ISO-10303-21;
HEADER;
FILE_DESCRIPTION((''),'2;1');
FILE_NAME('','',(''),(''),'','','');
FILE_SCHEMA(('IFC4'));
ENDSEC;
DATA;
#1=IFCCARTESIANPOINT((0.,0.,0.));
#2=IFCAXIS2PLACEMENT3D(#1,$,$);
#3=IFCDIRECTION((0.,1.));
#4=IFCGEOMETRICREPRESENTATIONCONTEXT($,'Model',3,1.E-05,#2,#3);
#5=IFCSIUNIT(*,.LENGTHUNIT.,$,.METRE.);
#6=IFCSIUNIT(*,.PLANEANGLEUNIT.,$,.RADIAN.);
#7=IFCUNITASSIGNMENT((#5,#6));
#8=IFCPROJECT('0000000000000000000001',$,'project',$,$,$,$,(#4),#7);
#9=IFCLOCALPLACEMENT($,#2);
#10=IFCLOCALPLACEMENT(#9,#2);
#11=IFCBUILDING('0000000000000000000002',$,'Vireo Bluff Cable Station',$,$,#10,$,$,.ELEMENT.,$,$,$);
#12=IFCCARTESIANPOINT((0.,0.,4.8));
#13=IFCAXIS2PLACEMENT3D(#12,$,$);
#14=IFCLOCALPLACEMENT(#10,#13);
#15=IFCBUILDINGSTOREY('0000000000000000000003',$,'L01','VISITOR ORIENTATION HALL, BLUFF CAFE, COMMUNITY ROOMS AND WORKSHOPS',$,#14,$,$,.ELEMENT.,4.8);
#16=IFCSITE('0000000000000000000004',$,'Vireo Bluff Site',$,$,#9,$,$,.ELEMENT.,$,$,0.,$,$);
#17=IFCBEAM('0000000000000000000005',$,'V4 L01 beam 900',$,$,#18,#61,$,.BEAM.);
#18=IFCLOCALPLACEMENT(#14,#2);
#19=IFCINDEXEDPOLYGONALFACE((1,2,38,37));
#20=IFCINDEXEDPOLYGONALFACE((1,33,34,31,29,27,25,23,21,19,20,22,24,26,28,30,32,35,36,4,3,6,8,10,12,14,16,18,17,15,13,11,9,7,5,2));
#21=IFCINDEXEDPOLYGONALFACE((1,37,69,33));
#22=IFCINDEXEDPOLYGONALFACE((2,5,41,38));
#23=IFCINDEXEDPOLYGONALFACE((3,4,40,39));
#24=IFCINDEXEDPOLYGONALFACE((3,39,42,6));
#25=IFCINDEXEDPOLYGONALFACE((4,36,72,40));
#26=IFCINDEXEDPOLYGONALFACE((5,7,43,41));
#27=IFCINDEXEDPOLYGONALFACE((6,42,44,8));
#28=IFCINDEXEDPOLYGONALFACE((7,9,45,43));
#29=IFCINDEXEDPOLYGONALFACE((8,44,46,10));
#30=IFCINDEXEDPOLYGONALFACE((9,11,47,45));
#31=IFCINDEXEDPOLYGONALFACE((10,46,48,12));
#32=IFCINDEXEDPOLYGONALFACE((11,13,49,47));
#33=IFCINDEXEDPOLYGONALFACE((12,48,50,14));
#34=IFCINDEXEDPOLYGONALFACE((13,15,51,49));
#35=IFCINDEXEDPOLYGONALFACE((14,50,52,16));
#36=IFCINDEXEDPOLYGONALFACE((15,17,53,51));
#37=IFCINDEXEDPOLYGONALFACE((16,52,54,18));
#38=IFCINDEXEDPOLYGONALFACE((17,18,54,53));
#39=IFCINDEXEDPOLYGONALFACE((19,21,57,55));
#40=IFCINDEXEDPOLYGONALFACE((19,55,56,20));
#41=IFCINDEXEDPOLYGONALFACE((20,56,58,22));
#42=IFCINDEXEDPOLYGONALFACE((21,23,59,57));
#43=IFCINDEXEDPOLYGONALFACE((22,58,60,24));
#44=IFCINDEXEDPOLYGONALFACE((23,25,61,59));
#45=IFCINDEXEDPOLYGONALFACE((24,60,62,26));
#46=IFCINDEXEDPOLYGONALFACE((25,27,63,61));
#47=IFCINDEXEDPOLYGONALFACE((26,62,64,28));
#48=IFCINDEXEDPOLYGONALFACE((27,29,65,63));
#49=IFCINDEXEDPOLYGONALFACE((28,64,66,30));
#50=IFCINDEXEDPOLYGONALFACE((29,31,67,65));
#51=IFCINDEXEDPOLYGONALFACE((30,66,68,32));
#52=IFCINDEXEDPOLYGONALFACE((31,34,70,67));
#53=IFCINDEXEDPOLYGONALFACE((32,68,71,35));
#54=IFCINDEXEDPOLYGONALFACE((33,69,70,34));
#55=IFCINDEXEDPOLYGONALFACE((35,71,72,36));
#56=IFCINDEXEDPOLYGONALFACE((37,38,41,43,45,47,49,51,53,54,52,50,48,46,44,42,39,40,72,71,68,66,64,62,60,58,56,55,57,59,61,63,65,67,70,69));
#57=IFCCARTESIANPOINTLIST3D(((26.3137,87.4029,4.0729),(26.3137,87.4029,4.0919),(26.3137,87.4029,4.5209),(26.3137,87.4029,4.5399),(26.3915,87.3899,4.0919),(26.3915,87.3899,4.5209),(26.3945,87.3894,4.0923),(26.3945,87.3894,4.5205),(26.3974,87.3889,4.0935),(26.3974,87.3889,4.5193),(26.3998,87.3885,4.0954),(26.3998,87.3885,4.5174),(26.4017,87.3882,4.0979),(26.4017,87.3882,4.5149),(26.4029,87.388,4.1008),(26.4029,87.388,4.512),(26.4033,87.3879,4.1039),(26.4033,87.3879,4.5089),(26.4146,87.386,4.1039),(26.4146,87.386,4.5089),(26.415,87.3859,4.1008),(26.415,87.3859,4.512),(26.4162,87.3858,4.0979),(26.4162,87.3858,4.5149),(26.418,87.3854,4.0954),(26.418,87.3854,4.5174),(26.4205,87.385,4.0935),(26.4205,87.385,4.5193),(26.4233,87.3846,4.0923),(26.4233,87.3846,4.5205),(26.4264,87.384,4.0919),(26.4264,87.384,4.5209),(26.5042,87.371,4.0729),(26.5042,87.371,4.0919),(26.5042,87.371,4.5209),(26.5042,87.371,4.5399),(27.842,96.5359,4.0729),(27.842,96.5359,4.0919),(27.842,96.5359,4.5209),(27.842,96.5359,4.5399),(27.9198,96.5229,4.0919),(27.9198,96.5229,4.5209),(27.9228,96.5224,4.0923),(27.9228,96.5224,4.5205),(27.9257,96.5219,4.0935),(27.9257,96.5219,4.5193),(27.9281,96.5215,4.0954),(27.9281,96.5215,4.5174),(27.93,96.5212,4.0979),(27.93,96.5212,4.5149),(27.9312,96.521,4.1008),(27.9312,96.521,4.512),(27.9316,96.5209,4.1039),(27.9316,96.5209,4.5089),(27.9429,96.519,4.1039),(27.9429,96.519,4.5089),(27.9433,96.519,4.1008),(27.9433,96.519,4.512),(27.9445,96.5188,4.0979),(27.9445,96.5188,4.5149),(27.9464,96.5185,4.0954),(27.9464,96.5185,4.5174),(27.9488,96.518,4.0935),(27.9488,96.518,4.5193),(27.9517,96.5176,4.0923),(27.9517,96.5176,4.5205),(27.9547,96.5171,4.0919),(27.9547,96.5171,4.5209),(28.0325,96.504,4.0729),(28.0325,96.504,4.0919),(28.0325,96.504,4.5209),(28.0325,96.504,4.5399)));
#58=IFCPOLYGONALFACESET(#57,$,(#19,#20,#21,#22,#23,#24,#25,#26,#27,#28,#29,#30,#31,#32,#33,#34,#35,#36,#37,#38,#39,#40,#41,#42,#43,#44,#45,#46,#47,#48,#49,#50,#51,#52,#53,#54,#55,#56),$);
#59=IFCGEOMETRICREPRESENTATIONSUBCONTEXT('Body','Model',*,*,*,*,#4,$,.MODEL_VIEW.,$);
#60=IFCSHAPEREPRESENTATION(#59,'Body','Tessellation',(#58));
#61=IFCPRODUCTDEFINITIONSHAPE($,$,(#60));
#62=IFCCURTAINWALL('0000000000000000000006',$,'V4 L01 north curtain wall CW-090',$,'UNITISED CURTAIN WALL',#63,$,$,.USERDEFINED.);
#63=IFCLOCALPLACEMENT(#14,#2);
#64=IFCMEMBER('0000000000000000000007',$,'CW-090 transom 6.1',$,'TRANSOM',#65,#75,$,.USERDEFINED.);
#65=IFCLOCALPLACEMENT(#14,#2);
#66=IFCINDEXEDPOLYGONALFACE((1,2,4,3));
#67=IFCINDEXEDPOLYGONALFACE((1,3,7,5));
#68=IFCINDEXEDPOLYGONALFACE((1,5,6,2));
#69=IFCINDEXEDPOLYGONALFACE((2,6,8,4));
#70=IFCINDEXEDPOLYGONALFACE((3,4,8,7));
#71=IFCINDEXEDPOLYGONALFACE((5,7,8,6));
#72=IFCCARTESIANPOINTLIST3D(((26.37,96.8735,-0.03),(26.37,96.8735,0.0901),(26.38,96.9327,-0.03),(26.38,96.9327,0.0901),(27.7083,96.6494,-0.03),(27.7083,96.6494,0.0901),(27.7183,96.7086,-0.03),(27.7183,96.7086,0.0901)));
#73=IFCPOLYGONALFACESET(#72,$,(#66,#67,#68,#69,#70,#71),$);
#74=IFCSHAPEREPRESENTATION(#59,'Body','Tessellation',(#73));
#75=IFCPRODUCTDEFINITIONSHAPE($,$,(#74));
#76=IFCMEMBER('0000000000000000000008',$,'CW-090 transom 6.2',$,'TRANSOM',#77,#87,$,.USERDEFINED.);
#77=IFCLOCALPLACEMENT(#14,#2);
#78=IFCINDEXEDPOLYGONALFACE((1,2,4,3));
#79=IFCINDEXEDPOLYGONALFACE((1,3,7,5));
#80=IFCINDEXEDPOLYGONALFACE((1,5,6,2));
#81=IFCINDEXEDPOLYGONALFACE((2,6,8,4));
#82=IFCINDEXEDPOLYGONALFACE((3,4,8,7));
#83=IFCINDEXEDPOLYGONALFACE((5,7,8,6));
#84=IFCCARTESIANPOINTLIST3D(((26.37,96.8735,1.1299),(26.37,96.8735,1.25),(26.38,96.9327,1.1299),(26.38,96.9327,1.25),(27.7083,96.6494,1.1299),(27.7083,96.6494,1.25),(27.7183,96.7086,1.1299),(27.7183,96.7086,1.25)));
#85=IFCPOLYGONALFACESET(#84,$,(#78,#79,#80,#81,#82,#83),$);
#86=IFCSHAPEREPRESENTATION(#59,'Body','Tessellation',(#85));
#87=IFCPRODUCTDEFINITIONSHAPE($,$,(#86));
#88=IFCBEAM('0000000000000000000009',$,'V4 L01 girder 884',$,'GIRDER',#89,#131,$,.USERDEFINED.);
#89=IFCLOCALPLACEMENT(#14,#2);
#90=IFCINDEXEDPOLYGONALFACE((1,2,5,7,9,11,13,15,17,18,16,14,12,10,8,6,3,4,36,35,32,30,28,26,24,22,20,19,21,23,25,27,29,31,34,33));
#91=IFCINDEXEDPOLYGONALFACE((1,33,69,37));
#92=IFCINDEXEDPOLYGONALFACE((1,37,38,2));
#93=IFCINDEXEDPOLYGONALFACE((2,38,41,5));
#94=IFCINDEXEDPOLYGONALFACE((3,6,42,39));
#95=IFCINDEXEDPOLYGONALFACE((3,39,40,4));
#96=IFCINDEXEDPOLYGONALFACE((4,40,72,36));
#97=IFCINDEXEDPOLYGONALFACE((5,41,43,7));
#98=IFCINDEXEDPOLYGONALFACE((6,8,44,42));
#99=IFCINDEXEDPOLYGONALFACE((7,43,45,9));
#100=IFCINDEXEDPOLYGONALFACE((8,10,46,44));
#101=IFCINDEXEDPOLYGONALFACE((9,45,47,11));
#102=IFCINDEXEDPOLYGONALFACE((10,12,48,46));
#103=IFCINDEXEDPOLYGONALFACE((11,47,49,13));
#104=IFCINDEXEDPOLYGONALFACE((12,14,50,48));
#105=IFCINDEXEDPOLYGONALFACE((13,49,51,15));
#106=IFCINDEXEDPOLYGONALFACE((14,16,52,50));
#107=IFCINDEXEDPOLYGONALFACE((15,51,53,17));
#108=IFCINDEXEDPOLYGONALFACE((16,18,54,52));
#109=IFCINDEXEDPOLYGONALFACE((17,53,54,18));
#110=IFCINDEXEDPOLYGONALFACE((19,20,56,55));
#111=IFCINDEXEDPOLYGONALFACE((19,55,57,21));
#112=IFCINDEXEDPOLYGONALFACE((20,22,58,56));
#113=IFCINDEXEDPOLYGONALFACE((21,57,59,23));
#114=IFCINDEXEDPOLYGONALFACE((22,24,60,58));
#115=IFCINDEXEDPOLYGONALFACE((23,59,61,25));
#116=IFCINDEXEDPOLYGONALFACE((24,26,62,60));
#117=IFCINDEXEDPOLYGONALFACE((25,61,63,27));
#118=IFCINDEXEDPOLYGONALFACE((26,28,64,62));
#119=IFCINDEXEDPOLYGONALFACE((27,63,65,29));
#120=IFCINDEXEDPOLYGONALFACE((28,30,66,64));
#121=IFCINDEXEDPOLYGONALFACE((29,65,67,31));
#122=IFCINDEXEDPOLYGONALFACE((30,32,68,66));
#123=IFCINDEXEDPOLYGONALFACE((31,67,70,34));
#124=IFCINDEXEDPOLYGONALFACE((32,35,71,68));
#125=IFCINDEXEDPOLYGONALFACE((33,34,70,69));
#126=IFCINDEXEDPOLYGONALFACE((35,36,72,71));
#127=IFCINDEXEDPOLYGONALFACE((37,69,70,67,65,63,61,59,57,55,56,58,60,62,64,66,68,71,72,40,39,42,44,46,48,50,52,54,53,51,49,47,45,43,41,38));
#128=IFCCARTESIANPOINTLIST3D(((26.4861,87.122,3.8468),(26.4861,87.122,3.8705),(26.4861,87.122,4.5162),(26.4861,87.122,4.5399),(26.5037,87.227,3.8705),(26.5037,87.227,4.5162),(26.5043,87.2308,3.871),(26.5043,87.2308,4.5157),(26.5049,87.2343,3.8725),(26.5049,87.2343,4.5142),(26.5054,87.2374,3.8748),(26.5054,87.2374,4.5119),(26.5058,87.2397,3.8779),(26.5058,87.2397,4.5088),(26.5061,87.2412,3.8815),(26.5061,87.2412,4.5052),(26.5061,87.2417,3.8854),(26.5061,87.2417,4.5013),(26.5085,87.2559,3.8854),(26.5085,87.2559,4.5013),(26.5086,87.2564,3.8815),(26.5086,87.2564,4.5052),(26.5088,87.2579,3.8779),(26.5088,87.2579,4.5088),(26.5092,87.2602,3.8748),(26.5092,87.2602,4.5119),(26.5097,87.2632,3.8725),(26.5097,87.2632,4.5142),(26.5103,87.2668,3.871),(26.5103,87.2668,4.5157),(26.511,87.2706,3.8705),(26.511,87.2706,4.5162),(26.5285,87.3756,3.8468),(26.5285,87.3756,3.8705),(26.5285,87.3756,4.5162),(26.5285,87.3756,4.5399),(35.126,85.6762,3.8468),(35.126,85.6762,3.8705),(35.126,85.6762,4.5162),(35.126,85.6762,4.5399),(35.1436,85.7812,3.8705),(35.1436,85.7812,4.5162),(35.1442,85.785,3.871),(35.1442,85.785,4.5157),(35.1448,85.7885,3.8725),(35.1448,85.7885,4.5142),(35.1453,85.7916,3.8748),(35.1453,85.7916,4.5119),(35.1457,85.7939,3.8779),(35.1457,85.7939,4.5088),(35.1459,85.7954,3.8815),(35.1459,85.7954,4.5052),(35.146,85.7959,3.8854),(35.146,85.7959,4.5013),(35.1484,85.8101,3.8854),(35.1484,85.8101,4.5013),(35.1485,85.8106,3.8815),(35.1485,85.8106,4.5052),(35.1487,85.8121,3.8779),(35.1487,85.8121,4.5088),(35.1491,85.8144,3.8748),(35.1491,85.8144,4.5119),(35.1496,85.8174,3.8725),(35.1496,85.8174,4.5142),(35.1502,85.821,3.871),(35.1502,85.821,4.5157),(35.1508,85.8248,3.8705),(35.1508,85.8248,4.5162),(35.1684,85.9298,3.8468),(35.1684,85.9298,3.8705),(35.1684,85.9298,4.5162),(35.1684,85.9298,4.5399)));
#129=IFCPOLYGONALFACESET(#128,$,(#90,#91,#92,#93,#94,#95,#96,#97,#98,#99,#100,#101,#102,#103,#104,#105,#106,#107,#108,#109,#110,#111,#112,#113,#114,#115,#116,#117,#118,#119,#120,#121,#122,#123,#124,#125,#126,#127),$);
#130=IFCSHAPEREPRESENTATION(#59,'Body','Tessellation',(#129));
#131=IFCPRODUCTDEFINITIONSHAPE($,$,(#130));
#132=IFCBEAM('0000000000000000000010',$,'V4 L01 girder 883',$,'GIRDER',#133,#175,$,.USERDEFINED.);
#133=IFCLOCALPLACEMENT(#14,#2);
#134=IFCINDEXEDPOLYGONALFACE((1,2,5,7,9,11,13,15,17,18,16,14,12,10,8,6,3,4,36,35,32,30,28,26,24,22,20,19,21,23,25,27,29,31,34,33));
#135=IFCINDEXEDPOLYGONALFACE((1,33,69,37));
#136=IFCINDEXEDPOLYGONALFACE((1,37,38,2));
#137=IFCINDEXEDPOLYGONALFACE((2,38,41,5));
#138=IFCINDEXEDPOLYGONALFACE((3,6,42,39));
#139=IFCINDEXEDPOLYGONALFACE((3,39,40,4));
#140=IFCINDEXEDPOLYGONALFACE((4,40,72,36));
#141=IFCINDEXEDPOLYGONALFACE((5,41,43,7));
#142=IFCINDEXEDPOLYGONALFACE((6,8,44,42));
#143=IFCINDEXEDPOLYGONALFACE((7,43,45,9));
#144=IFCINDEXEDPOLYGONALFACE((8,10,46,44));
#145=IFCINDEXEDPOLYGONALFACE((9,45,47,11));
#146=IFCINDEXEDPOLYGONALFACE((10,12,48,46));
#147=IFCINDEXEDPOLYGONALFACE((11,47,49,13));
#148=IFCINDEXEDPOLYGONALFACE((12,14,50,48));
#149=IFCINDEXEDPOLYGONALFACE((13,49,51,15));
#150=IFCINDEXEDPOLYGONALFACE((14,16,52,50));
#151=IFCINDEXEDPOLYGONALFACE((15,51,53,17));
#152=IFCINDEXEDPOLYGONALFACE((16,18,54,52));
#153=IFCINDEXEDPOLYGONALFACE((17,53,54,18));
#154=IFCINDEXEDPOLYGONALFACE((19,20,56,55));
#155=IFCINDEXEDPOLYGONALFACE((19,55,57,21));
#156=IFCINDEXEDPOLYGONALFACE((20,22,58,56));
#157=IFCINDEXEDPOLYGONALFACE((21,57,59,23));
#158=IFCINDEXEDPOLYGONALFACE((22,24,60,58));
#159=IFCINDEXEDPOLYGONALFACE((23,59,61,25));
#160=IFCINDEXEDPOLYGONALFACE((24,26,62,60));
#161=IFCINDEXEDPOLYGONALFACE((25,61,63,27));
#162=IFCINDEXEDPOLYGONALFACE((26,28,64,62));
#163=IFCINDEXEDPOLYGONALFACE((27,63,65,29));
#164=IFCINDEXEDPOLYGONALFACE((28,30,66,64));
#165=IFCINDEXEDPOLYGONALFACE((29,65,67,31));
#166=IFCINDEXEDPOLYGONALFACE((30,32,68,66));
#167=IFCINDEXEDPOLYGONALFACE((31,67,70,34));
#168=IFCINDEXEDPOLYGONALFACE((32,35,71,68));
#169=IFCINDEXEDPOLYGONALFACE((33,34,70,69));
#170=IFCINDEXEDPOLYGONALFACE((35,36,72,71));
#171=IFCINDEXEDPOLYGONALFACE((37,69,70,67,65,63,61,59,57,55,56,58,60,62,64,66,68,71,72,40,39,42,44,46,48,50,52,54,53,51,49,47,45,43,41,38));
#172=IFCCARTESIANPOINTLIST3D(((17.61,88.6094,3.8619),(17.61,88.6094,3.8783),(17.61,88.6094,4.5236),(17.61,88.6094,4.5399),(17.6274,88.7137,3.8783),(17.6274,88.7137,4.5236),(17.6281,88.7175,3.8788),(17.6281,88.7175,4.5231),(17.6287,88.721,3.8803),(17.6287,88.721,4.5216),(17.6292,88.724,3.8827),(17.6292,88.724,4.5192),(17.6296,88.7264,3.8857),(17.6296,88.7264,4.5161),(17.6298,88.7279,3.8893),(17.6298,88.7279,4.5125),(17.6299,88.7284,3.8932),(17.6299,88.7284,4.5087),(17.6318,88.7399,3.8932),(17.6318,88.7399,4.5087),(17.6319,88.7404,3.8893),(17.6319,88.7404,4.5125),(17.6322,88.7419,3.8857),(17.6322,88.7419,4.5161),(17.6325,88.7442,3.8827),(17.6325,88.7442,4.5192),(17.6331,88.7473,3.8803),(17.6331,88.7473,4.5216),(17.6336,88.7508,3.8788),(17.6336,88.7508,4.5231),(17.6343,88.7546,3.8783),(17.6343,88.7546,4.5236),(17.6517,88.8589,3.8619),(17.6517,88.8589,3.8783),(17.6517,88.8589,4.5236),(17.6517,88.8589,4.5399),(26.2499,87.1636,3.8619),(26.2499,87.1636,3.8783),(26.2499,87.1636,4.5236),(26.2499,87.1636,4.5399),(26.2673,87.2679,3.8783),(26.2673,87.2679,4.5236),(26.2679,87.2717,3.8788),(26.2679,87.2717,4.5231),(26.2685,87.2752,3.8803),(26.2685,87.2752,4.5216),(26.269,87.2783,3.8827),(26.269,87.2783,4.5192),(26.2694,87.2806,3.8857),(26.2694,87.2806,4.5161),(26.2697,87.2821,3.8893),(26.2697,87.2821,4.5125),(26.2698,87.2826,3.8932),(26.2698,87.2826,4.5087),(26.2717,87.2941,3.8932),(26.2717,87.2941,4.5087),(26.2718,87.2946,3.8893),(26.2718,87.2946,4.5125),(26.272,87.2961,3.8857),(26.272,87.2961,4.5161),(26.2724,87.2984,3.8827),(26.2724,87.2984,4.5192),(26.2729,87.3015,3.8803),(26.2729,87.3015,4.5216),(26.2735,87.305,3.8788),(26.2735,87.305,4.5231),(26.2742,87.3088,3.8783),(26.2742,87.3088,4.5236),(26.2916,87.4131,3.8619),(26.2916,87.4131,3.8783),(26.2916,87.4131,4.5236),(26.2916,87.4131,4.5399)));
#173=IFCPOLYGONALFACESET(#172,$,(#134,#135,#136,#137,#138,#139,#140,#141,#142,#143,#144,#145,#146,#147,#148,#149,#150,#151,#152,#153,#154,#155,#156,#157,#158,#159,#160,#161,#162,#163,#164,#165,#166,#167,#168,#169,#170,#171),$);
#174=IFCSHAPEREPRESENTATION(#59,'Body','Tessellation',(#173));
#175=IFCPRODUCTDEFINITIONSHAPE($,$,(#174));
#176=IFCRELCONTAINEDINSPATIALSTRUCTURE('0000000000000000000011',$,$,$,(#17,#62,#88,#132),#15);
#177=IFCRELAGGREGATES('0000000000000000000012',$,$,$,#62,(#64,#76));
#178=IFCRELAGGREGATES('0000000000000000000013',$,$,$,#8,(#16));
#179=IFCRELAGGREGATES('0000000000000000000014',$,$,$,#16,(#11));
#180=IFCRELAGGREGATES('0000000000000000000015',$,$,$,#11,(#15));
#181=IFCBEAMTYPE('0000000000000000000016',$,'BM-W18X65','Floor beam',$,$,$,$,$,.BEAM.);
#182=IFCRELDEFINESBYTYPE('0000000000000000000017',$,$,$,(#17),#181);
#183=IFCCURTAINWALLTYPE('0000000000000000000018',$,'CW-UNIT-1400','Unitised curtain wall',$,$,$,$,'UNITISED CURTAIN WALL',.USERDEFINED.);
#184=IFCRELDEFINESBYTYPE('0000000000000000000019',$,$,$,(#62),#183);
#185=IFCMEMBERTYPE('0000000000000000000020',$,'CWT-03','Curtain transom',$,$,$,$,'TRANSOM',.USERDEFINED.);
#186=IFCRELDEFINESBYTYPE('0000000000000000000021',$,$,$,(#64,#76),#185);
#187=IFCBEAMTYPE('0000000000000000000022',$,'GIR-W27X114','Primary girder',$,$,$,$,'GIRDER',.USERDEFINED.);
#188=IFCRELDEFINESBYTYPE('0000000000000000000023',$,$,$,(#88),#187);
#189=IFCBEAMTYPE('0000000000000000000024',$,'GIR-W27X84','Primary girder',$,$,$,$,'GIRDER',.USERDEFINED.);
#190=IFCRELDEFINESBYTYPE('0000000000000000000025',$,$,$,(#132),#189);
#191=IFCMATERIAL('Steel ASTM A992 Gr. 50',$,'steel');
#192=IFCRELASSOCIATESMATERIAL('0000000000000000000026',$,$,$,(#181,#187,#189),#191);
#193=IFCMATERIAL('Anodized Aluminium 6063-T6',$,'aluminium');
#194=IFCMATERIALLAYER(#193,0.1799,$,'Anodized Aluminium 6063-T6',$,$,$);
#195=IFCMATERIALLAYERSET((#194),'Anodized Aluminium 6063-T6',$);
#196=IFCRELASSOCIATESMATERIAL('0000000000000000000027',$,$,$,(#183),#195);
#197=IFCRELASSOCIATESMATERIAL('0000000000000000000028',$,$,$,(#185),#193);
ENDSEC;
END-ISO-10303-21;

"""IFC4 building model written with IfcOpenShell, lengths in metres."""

from ifc_helpers import new_model, si_unit, direction, frame, origin, origin_2d, place, context, subcontext, project, spatial, rectangle, i_section, extrude, material, layer, layer_set, material_profile, profile_set, type_object, element, aggregate, save


model = new_model("IFC4")

# Units and contexts
model_context = context("Model", 3, precision=1e-05, world=origin(), true_north=direction((0.0, 1.0)))
body_context = subcontext(model_context, "Body", "Model", "MODEL_VIEW")
ifc_project = project(units=[si_unit("LENGTHUNIT", "METRE"), si_unit("PLANEANGLEUNIT", "RADIAN")], contexts=[model_context])

# Site, building, storey
site_placement = place(None, origin())
site = spatial("IfcSite", under=ifc_project, at=site_placement, Name="Vireo Bluff Site", CompositionType="ELEMENT", RefElevation=0.0)
building_placement = place(site_placement, origin())
building = spatial("IfcBuilding", under=site, at=building_placement, Name="Vireo Bluff Cable Station", CompositionType="ELEMENT")
storey_placement = place(building_placement, frame((0.0, 0.0, 4.8)))
storey = spatial("IfcBuildingStorey", under=building, at=storey_placement, Name="L01", Description="VISITOR ORIENTATION HALL, BLUFF CAFE, COMMUNITY ROOMS AND WORKSHOPS", CompositionType="ELEMENT", Elevation=4.8)

# Shared definitions
ifc_material_1 = material(Name="Steel ASTM A992 Gr. 50", Category="steel")

# Beam
ifc_material_profile_1 = material_profile(ifc_material_1, i_section(OverallWidth=0.1931, OverallDepth=0.467, WebThickness=0.0115, FlangeThickness=0.019, FilletRadius=0.012, at=origin_2d()), Name="W18X65")
ifc_profile_set_1 = profile_set([ifc_material_profile_1], Name="Steel ASTM A992 Gr. 50")
beam_type_1 = type_object("IfcBeamType", Name="BM-W18X65", Description="Floor beam", PredefinedType="BEAM", material=ifc_profile_set_1)
beam_1_placement = place(storey_placement, frame((26.4089, 87.387, 4.3064), z_axis=(0.165045, 0.986286, 0.0), x_axis=(-0.986286, 0.165045, 0.0)))
element("IfcBeam", 1, at=beam_1_placement, inside=storey, type_object=beam_type_1, Name="V4 L01 beam 900", PredefinedType="BEAM", context=body_context, shape_type="SweptSolid", body=[
    extrude(i_section(OverallWidth=0.1931, OverallDepth=0.467, WebThickness=0.0115, FlangeThickness=0.019, FilletRadius=0.012, at=origin_2d()), origin(), (0.0, 0.0, 1.0), 9.26),
])

# Curtain wall, members
ifc_material_2 = material(Name="Anodized Aluminium 6063-T6", Category="aluminium")
ifc_layer_1 = layer(ifc_material_2, 0.1799, Name="Anodized Aluminium 6063-T6")
ifc_layer_set_1 = layer_set([ifc_layer_1], Name="Anodized Aluminium 6063-T6")
curtain_wall_type = type_object("IfcCurtainWallType", Name="CW-UNIT-1400", Description="Unitised curtain wall", ElementType="UNITISED CURTAIN WALL", PredefinedType="USERDEFINED", material=ifc_layer_set_1)
curtain_wall_placement = place(storey_placement, origin())
curtain_wall = element("IfcCurtainWall", 2, at=curtain_wall_placement, inside=storey, type_object=curtain_wall_type, Name="V4 L01 north curtain wall CW-090", ObjectType="UNITISED CURTAIN WALL", PredefinedType="USERDEFINED")
ifc_material_profile_2 = material_profile(ifc_material_2, rectangle(XDim=0.0601, YDim=0.1201, at=origin_2d()), Name="ALU-T-60X120")
ifc_profile_set_2 = profile_set([ifc_material_profile_2], Name="Anodized Aluminium 6063-T6")
member_type = type_object("IfcMemberType", Name="CWT-03", Description="Curtain transom", ElementType="TRANSOM", PredefinedType="USERDEFINED", material=ifc_profile_set_2)
member_1_placement = place(storey_placement, frame((26.375, 96.9031, 0.03), z_axis=(0.986267, -0.165157, 0.0), x_axis=(0.165157, 0.986267, 0.0)))
member_1 = element("IfcMember", 3, at=member_1_placement, type_object=member_type, Name="CW-090 transom 6.1", ObjectType="TRANSOM", PredefinedType="USERDEFINED", context=body_context, shape_type="SweptSolid", body=[
    extrude(rectangle(XDim=0.0601, YDim=0.1201, at=origin_2d()), origin(), (0.0, 0.0, 1.0), 1.3569),
])
member_2_placement = place(storey_placement, frame((26.375, 96.9031, 1.1899), z_axis=(0.986267, -0.165157, 0.0), x_axis=(0.165157, 0.986267, 0.0)))
member_2 = element("IfcMember", 4, at=member_2_placement, type_object=member_type, Name="CW-090 transom 6.2", ObjectType="TRANSOM", PredefinedType="USERDEFINED", context=body_context, shape_type="SweptSolid", body=[
    extrude(rectangle(XDim=0.0601, YDim=0.1201, at=origin_2d()), origin(), (0.0, 0.0, 1.0), 1.3569),
])
aggregate(curtain_wall, [member_1, member_2])

# Beams
ifc_material_profile_3 = material_profile(ifc_material_1, i_section(OverallWidth=0.2571, OverallDepth=0.6931, WebThickness=0.0144, FlangeThickness=0.0237, FilletRadius=0.0149, at=origin_2d()), Name="W27X114")
ifc_profile_set_3 = profile_set([ifc_material_profile_3], Name="Steel ASTM A992 Gr. 50")
beam_type_2 = type_object("IfcBeamType", Name="GIR-W27X114", Description="Primary girder", ElementType="GIRDER", PredefinedType="USERDEFINED", material=ifc_profile_set_3)
beam_2_placement = place(storey_placement, frame((26.5073, 87.2488, 4.1934), z_axis=(0.986286, -0.165045, 0.0), x_axis=(0.165045, 0.986286, 0.0)))
element("IfcBeam", 5, at=beam_2_placement, inside=storey, type_object=beam_type_2, Name="V4 L01 girder 884", ObjectType="GIRDER", PredefinedType="USERDEFINED", context=body_context, shape_type="SweptSolid", body=[
    extrude(i_section(OverallWidth=0.2571, OverallDepth=0.6931, WebThickness=0.0144, FlangeThickness=0.0237, FilletRadius=0.0149, at=origin_2d()), origin(), (0.0, 0.0, 1.0), 8.76),
])
ifc_material_profile_4 = material_profile(ifc_material_1, i_section(OverallWidth=0.2529, OverallDepth=0.678, WebThickness=0.0117, FlangeThickness=0.0164, FilletRadius=0.0149, at=origin_2d()), Name="W27X84")
ifc_profile_set_4 = profile_set([ifc_material_profile_4], Name="Steel ASTM A992 Gr. 50")
beam_type_3 = type_object("IfcBeamType", Name="GIR-W27X84", Description="Primary girder", ElementType="GIRDER", PredefinedType="USERDEFINED", material=ifc_profile_set_4)
beam_3_placement = place(storey_placement, frame((17.6309, 88.7341, 4.2009), z_axis=(0.986286, -0.165045, 0.0), x_axis=(0.165045, 0.986286, 0.0)))
element("IfcBeam", 6, at=beam_3_placement, inside=storey, type_object=beam_type_3, Name="V4 L01 girder 883", ObjectType="GIRDER", PredefinedType="USERDEFINED", context=body_context, shape_type="SweptSolid", body=[
    extrude(i_section(OverallWidth=0.2529, OverallDepth=0.678, WebThickness=0.0117, FlangeThickness=0.0164, FilletRadius=0.0149, at=origin_2d()), origin(), (0.0, 0.0, 1.0), 8.76),
])

save(model, "model.ifc")
